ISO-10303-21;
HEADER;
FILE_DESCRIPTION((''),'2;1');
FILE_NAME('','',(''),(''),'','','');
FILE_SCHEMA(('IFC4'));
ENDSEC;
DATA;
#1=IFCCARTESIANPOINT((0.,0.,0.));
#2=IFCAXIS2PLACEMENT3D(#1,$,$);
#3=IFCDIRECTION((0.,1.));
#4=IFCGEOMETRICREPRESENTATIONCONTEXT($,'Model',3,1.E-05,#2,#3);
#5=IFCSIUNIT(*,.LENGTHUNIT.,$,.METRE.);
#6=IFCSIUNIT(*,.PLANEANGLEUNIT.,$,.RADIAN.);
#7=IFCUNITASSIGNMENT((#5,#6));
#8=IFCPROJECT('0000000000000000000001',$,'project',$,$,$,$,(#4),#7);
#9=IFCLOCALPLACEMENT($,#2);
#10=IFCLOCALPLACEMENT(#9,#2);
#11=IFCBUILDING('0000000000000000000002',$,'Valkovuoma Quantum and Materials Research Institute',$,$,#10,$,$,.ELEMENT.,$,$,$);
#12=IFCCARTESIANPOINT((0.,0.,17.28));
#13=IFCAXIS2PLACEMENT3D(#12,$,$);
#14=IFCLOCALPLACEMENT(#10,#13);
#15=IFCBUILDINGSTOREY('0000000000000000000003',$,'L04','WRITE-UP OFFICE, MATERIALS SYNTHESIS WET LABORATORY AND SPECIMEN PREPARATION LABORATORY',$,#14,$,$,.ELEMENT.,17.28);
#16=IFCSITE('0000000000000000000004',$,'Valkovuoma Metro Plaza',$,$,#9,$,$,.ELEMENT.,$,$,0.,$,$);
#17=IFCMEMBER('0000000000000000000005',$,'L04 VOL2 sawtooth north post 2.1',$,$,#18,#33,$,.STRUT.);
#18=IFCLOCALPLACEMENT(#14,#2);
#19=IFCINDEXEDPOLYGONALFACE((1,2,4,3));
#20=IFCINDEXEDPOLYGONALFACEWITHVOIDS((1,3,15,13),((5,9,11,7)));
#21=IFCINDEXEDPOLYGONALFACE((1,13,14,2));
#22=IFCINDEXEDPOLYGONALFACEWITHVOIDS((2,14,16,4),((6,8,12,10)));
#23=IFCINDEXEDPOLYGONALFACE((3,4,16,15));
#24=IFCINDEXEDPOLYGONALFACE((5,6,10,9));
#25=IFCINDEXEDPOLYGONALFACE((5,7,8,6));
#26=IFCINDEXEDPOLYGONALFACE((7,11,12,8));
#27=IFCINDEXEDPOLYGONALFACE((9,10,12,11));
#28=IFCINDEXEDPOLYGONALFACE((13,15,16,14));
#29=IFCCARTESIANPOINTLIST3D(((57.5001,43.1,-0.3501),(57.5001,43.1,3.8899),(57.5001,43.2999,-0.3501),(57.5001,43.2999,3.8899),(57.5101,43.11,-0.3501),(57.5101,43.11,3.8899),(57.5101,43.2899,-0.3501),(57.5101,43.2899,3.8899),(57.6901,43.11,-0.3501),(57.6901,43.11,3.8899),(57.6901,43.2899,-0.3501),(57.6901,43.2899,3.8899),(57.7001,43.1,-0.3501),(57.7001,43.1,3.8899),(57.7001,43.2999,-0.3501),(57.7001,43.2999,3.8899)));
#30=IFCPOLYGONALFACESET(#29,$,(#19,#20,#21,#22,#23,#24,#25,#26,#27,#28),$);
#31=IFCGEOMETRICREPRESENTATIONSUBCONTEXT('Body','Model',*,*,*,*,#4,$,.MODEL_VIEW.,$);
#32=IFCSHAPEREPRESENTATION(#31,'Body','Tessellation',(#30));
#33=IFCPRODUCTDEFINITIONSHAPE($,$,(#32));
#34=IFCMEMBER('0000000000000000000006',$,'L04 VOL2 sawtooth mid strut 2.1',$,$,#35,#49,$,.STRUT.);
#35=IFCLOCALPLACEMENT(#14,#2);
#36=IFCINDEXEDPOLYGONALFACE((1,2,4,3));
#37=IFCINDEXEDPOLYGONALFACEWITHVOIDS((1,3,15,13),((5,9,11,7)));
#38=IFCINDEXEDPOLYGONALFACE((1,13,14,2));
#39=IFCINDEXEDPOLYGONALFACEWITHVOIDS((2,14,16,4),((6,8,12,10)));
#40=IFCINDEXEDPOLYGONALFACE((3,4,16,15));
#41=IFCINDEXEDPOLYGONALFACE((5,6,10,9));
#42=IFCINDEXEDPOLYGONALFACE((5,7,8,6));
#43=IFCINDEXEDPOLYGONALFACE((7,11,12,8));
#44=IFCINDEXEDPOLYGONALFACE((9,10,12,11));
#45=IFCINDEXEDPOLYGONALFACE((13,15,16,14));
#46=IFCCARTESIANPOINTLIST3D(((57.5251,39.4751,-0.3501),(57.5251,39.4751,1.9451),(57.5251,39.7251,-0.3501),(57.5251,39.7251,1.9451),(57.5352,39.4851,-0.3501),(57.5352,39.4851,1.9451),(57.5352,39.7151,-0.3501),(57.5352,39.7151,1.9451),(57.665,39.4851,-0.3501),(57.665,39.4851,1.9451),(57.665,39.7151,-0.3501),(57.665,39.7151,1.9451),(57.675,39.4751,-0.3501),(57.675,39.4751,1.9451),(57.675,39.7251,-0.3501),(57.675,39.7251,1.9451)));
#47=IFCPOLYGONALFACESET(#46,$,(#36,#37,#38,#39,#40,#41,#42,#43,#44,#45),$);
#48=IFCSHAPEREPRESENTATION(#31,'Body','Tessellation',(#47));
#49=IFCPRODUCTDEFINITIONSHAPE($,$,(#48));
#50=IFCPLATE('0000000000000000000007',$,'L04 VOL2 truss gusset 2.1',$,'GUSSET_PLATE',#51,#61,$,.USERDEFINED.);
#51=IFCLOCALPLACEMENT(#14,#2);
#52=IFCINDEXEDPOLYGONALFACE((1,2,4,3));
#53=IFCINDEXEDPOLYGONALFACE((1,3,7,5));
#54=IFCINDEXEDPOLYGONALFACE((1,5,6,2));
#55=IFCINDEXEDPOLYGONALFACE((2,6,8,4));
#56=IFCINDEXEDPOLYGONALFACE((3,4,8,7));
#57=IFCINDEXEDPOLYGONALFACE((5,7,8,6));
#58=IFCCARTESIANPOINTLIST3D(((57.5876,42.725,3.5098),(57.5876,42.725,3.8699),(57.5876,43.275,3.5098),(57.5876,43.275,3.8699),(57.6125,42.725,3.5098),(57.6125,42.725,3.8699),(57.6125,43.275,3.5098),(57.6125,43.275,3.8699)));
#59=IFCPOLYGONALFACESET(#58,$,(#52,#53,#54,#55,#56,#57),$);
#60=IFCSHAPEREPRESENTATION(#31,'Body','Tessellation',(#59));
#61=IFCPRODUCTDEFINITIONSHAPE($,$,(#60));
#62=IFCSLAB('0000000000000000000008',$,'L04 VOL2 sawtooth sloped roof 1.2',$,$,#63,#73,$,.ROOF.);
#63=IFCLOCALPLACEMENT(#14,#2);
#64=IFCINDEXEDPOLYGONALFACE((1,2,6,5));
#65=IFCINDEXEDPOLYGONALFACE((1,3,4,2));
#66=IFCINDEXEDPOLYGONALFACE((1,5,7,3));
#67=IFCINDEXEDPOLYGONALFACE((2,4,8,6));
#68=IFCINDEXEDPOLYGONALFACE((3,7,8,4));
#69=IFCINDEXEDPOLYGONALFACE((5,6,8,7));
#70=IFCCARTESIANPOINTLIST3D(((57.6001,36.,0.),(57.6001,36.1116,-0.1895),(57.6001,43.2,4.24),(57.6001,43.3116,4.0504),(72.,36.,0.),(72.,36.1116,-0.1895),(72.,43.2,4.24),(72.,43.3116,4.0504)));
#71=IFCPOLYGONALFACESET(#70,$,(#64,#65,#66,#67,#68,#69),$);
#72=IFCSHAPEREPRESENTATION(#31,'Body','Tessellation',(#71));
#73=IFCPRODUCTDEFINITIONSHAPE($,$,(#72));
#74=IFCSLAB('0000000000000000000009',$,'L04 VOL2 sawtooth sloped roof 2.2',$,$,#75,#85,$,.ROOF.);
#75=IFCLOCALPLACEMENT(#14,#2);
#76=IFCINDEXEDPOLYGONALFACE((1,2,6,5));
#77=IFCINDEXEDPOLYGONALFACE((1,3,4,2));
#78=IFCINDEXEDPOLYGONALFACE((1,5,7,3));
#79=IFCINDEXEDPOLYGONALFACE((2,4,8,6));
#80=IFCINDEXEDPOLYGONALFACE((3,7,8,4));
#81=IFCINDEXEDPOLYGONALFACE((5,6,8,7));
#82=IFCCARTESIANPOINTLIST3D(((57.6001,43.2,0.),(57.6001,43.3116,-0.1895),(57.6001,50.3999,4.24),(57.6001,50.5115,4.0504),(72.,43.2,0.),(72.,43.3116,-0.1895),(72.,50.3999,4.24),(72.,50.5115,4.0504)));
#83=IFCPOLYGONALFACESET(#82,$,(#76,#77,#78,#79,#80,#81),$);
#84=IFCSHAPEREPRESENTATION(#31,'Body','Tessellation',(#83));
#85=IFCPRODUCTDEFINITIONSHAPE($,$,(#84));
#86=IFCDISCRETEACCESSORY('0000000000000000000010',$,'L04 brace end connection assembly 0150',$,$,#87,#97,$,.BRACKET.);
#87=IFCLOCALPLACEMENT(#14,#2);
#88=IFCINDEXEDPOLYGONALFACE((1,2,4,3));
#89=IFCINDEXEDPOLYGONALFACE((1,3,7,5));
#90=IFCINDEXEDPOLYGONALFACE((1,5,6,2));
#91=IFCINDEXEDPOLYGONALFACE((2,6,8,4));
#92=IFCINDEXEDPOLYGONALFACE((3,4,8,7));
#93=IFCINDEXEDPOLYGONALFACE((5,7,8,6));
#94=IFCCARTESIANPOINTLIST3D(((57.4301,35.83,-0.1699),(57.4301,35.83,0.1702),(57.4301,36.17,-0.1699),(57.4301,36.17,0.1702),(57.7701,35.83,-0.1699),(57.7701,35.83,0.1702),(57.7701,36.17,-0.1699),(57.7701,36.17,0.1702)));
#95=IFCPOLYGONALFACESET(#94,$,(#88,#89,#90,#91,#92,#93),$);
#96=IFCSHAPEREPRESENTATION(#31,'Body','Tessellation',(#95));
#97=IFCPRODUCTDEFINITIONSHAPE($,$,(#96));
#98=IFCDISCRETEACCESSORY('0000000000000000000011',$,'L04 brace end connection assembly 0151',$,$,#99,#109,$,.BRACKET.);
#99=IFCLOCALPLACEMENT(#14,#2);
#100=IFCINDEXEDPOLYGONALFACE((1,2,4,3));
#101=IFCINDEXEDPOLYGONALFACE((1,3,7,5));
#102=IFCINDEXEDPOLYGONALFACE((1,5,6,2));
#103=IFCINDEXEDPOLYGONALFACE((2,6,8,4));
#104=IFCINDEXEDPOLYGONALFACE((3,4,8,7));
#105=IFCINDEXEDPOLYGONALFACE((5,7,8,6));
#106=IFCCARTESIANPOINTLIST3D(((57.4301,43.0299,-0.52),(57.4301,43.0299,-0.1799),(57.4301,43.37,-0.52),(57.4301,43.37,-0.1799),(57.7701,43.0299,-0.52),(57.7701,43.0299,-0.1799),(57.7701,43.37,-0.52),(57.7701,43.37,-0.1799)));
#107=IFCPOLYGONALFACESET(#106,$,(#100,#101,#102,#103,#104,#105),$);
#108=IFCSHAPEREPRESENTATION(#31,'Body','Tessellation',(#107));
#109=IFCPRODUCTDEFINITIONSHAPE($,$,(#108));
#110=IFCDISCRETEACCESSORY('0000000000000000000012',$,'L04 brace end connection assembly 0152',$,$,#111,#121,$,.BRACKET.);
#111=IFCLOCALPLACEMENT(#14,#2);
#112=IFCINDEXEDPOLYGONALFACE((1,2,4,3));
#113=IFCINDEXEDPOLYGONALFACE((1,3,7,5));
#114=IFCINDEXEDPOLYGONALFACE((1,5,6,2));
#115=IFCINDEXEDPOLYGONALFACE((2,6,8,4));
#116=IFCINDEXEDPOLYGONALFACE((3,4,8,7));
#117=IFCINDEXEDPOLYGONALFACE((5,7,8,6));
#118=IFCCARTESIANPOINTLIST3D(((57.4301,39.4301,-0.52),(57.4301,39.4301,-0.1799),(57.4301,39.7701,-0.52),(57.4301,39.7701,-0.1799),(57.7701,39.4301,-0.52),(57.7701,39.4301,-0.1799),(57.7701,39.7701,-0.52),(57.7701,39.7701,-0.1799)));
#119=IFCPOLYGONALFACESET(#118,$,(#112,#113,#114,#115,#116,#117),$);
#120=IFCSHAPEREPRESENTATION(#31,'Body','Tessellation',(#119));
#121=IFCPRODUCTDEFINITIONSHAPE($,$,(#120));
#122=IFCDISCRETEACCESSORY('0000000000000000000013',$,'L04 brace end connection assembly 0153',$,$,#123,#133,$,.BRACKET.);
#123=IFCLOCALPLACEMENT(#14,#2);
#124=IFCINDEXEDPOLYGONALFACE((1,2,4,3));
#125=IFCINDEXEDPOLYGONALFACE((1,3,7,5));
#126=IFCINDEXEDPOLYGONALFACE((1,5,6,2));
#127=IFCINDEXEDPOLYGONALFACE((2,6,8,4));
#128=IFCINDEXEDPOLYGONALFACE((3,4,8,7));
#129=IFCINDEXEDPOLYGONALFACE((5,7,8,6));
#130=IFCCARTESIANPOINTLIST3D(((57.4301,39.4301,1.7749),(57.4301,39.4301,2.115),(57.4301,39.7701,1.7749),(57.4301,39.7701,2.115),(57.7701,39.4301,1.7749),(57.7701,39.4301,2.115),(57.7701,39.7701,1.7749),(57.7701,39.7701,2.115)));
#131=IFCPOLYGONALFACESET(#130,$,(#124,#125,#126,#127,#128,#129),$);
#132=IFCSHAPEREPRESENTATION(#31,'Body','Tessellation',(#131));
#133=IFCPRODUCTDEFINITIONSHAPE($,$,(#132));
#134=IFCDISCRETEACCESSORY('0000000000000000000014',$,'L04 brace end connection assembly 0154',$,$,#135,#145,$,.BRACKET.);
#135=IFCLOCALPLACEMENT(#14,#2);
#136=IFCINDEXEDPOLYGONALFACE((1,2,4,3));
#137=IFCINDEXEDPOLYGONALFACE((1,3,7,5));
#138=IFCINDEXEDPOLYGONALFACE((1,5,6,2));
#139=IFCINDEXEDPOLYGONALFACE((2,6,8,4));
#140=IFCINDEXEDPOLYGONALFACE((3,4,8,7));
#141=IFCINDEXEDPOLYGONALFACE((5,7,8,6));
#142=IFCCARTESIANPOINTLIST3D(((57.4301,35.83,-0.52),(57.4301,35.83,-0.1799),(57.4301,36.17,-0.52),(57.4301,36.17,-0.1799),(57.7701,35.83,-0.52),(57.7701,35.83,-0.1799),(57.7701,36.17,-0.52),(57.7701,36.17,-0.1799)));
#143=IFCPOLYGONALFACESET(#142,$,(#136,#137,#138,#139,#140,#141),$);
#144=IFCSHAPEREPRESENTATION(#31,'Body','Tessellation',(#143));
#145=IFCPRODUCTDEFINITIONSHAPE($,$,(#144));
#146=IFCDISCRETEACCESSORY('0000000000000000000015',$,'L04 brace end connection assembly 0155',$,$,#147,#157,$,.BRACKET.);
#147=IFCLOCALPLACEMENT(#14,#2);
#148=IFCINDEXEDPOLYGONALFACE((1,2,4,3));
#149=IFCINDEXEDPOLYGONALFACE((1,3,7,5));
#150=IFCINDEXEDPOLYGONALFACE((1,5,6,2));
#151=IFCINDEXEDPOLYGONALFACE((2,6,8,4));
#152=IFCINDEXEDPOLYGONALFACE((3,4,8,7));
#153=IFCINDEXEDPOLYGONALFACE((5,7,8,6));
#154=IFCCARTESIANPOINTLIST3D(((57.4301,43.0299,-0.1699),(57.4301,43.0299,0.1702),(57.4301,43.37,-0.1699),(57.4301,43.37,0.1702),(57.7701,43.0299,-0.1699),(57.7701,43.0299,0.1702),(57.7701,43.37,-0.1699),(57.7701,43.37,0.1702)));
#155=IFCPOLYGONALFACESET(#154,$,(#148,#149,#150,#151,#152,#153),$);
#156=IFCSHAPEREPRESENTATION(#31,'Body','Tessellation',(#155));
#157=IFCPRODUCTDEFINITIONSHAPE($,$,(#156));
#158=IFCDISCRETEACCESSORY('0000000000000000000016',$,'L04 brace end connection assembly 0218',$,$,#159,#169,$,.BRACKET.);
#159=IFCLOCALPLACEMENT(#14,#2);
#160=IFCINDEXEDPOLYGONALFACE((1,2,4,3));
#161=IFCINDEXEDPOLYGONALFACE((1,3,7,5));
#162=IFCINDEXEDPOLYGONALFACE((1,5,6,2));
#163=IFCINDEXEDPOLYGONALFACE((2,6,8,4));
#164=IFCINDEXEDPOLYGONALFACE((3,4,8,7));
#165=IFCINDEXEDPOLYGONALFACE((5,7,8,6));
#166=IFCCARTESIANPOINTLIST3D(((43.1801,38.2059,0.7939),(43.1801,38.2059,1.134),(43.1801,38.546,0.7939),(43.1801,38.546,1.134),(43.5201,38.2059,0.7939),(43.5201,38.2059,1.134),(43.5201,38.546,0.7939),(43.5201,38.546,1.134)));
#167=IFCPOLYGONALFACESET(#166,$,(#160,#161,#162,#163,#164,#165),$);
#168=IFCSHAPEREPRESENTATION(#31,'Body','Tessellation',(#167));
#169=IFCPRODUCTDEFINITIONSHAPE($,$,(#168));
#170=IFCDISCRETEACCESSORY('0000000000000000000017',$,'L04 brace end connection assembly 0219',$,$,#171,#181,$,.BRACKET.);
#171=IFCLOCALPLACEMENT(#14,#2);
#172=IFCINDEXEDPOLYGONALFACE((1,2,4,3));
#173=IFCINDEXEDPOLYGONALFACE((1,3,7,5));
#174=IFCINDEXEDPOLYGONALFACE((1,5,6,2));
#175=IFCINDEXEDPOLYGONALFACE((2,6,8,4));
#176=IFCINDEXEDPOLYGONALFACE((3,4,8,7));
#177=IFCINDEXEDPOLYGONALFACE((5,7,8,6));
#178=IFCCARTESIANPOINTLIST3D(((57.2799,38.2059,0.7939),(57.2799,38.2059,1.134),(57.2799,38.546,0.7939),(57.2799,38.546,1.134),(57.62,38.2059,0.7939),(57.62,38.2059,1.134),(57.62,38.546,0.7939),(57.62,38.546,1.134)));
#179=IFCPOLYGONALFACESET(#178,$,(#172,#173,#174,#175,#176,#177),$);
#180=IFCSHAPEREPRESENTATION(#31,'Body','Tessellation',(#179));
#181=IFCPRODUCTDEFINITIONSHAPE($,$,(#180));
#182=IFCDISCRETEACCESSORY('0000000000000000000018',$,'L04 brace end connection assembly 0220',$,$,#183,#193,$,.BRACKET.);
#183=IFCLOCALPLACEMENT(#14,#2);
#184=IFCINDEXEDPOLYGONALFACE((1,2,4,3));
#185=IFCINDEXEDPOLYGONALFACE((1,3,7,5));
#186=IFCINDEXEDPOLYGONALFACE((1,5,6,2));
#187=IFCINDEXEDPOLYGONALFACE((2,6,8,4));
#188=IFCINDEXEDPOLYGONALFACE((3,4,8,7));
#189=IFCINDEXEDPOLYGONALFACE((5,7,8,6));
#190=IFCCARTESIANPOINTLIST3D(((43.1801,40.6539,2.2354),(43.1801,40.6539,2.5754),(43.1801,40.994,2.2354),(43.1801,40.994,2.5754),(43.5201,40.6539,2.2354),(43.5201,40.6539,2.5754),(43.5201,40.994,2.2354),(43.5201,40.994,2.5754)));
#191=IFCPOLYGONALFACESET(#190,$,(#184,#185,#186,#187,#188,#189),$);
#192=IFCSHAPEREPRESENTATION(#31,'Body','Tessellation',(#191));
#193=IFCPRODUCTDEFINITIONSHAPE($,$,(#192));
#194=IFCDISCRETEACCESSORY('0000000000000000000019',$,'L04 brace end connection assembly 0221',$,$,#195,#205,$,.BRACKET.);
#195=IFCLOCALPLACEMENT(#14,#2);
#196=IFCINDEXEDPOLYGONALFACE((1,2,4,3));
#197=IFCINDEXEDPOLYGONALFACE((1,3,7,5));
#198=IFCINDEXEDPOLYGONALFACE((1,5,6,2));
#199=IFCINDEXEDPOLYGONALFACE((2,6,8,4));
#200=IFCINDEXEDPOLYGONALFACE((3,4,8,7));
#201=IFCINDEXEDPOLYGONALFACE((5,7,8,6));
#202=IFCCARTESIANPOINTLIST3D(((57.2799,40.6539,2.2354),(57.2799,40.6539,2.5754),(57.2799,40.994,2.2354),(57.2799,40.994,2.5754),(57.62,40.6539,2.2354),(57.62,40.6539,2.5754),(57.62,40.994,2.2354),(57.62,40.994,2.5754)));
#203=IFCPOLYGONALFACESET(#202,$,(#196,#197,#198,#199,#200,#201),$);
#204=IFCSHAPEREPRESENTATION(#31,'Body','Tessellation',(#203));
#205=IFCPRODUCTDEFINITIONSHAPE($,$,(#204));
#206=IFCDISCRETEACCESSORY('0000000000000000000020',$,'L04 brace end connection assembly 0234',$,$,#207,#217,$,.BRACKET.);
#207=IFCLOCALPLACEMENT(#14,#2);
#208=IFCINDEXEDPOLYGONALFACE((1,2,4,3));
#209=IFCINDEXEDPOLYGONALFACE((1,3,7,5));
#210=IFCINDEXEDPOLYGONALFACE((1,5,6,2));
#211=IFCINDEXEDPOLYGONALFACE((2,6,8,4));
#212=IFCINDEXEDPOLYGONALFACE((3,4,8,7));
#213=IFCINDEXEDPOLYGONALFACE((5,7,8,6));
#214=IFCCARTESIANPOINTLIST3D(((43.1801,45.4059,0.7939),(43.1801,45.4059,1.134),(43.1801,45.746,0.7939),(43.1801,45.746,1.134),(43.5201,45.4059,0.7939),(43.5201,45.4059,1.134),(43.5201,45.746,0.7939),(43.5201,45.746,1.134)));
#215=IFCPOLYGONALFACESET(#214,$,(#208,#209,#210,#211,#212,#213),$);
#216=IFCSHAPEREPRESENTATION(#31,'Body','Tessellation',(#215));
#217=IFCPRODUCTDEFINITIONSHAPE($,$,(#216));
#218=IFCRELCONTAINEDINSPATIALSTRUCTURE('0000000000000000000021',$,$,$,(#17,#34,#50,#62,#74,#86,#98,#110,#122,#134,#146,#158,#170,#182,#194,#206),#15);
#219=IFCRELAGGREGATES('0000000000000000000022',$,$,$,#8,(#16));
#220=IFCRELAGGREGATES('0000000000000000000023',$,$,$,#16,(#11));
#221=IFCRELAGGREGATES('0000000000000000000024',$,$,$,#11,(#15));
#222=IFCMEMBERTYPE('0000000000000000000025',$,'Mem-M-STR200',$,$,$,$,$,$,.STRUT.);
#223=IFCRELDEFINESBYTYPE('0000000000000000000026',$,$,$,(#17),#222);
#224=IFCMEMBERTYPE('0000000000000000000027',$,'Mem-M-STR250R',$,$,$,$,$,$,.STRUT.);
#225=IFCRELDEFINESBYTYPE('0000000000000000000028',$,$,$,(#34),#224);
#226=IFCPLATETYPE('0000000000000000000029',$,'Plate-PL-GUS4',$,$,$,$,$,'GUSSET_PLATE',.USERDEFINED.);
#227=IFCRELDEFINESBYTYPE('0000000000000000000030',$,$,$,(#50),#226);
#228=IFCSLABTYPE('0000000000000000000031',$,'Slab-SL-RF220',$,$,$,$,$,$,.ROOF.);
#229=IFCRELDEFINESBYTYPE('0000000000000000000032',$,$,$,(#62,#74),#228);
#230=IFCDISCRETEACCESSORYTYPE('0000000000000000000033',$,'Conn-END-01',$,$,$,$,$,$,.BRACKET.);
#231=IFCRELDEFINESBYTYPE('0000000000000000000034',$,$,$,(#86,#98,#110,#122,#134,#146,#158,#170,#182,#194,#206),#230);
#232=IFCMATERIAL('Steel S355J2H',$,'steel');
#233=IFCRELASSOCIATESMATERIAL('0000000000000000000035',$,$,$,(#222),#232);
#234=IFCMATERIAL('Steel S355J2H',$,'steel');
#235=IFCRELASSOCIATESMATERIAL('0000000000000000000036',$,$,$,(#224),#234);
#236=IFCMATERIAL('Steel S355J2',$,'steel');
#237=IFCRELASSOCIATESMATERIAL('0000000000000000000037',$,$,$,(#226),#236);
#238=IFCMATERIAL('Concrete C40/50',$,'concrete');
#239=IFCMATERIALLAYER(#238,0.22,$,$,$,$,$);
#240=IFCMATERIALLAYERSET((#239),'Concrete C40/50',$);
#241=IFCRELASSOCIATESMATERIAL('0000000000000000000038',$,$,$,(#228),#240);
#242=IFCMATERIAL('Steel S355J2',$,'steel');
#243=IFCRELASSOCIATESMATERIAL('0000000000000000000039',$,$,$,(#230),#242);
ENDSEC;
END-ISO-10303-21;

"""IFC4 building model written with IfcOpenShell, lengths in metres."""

from ifc_helpers import new_model, si_unit, direction, frame, origin, origin_2d, place, context, subcontext, project, spatial, polyline, rectangle, hollow_rectangle, outline, extrude, material, layer, layer_set, material_profile, profile_set, type_object, element, save


model = new_model("IFC4")

# Units and contexts
model_context = context("Model", 3, precision=1e-05, world=origin(), true_north=direction((0.0, 1.0)))
body_context = subcontext(model_context, "Body", "Model", "MODEL_VIEW")
ifc_project = project(units=[si_unit("LENGTHUNIT", "METRE"), si_unit("PLANEANGLEUNIT", "RADIAN")], contexts=[model_context])

# Site, building, storey
site_placement = place(None, origin())
site = spatial("IfcSite", under=ifc_project, at=site_placement, Name="Valkovuoma Metro Plaza", CompositionType="ELEMENT", RefElevation=0.0)
building_placement = place(site_placement, origin())
building = spatial("IfcBuilding", under=site, at=building_placement, Name="Valkovuoma Quantum and Materials Research Institute", CompositionType="ELEMENT")
storey_placement = place(building_placement, frame((0.0, 0.0, 17.28)))
storey = spatial("IfcBuildingStorey", under=building, at=storey_placement, Name="L04", Description="WRITE-UP OFFICE, MATERIALS SYNTHESIS WET LABORATORY AND SPECIMEN PREPARATION LABORATORY", CompositionType="ELEMENT", Elevation=17.28)

# Members
ifc_material_1 = material(Name="Steel S355J2H", Category="steel")
ifc_material_profile_1 = material_profile(ifc_material_1, hollow_rectangle(XDim=0.2, YDim=0.2, WallThickness=0.01, at=origin_2d()), Name="Steel S355J2H")
ifc_profile_set_1 = profile_set([ifc_material_profile_1], Name="Steel S355J2H")
member_type_1 = type_object("IfcMemberType", Name="Mem-M-STR200", PredefinedType="STRUT", material=ifc_profile_set_1)
member_1_placement = place(storey_placement, frame((57.6001, 43.2, -0.3501), z_axis=(0.0, 0.0, 1.0), x_axis=(1.0, 0.0, 0.0)))
element("IfcMember", 1, at=member_1_placement, inside=storey, type_object=member_type_1, Name="L04 VOL2 sawtooth north post 2.1", PredefinedType="STRUT", context=body_context, shape_type="SweptSolid", body=[
    extrude(hollow_rectangle(XDim=0.2, YDim=0.2, WallThickness=0.01, at=origin_2d()), origin(), (0.0, 0.0, 1.0), 4.24),
])
ifc_material_2 = material(Name="Steel S355J2H", Category="steel")
ifc_material_profile_2 = material_profile(ifc_material_2, hollow_rectangle(XDim=0.1499, YDim=0.25, WallThickness=0.01, at=origin_2d()), Name="Steel S355J2H")
ifc_profile_set_2 = profile_set([ifc_material_profile_2], Name="Steel S355J2H")
member_type_2 = type_object("IfcMemberType", Name="Mem-M-STR250R", PredefinedType="STRUT", material=ifc_profile_set_2)
member_2_placement = place(storey_placement, frame((57.6001, 39.6001, -0.3501), z_axis=(0.0, 0.0, 1.0), x_axis=(1.0, 0.0, 0.0)))
element("IfcMember", 2, at=member_2_placement, inside=storey, type_object=member_type_2, Name="L04 VOL2 sawtooth mid strut 2.1", PredefinedType="STRUT", context=body_context, shape_type="SweptSolid", body=[
    extrude(hollow_rectangle(XDim=0.1499, YDim=0.25, WallThickness=0.01, at=origin_2d()), origin(), (0.0, 0.0, 1.0), 2.2952),
])

# Plate
ifc_material_3 = material(Name="Steel S355J2", Category="steel")
plate_type = type_object("IfcPlateType", Name="Plate-PL-GUS4", ElementType="GUSSET_PLATE", PredefinedType="USERDEFINED", material=ifc_material_3)
plate_placement = place(storey_placement, frame((57.6001, 43.0, 3.5098), z_axis=(0.0, 0.0, 1.0), x_axis=(0.0, 1.0, 0.0)))
element("IfcPlate", 3, at=plate_placement, inside=storey, type_object=plate_type, Name="L04 VOL2 truss gusset 2.1", ObjectType="GUSSET_PLATE", PredefinedType="USERDEFINED", context=body_context, shape_type="SweptSolid", body=[
    extrude(rectangle(XDim=0.55, YDim=0.0249, at=origin_2d()), origin(), (0.0, 0.0, 1.0), 0.3601),
])

# Slabs
ifc_material_4 = material(Name="Concrete C40/50", Category="concrete")
ifc_layer = layer(ifc_material_4, 0.22)
ifc_layer_set = layer_set([ifc_layer], Name="Concrete C40/50")
slab_type = type_object("IfcSlabType", Name="Slab-SL-RF220", PredefinedType="ROOF", material=ifc_layer_set)
for number, where, z_axis, x_axis, name in (
    (4, (57.6001, 36.0, 0.0), (0.0, -0.50744, 0.861687), (1.0, 0.0, 0.0), "L04 VOL2 sawtooth sloped roof 1.2"),
    (5, (57.6001, 43.2, 0.0), (0.0, -0.50744, 0.861687), (1.0, 0.0, 0.0), "L04 VOL2 sawtooth sloped roof 2.2"),
):
    element("IfcSlab", number, at=place(storey_placement, frame(where, z_axis=z_axis, x_axis=x_axis)), inside=storey, type_object=slab_type, Name=name, PredefinedType="ROOF", context=body_context, shape_type="SweptSolid", body=[
        extrude(outline(polyline([(0.0, 0.0), (14.3999, 0.0), (14.3999, 8.3556), (0.0, 8.3556), (0.0, 0.0)])), origin(), (0.0, 0.0, -1.0), 0.22),
    ])

# Discrete accessories
ifc_material_5 = material(Name="Steel S355J2", Category="steel")
discrete_accessory_type = type_object("IfcDiscreteAccessoryType", Name="Conn-END-01", PredefinedType="BRACKET", material=ifc_material_5)
for number, where, z_axis, x_axis, name in (
    (6, (57.6001, 36.0, -0.1699), (0.0, 0.0, 1.0), (1.0, 0.0, 0.0), "L04 brace end connection assembly 0150"),
    (7, (57.6001, 43.2, -0.52), (0.0, 0.0, 1.0), (1.0, 0.0, 0.0), "L04 brace end connection assembly 0151"),
    (8, (57.6001, 39.6001, -0.52), (0.0, 0.0, 1.0), (1.0, 0.0, 0.0), "L04 brace end connection assembly 0152"),
    (9, (57.6001, 39.6001, 1.7749), (0.0, 0.0, 1.0), (1.0, 0.0, 0.0), "L04 brace end connection assembly 0153"),
    (10, (57.6001, 36.0, -0.52), (0.0, 0.0, 1.0), (1.0, 0.0, 0.0), "L04 brace end connection assembly 0154"),
    (11, (57.6001, 43.2, -0.1699), (0.0, 0.0, 1.0), (1.0, 0.0, 0.0), "L04 brace end connection assembly 0155"),
    (12, (43.3501, 38.376, 0.7939), (0.0, 0.0, 1.0), (1.0, 0.0, 0.0), "L04 brace end connection assembly 0218"),
    (13, (57.45, 38.376, 0.7939), (0.0, 0.0, 1.0), (1.0, 0.0, 0.0), "L04 brace end connection assembly 0219"),
    (14, (43.3501, 40.824, 2.2354), (0.0, 0.0, 1.0), (1.0, 0.0, 0.0), "L04 brace end connection assembly 0220"),
    (15, (57.45, 40.824, 2.2354), (0.0, 0.0, 1.0), (1.0, 0.0, 0.0), "L04 brace end connection assembly 0221"),
    (16, (43.3501, 45.5759, 0.7939), (0.0, 0.0, 1.0), (1.0, 0.0, 0.0), "L04 brace end connection assembly 0234"),
):
    element("IfcDiscreteAccessory", number, at=place(storey_placement, frame(where, z_axis=z_axis, x_axis=x_axis)), inside=storey, type_object=discrete_accessory_type, Name=name, PredefinedType="BRACKET", context=body_context, shape_type="SweptSolid", body=[
        extrude(rectangle(XDim=0.3401, YDim=0.3401, at=origin_2d()), origin(), (0.0, 0.0, 1.0), 0.3401),
    ])

save(model, "model.ifc")
